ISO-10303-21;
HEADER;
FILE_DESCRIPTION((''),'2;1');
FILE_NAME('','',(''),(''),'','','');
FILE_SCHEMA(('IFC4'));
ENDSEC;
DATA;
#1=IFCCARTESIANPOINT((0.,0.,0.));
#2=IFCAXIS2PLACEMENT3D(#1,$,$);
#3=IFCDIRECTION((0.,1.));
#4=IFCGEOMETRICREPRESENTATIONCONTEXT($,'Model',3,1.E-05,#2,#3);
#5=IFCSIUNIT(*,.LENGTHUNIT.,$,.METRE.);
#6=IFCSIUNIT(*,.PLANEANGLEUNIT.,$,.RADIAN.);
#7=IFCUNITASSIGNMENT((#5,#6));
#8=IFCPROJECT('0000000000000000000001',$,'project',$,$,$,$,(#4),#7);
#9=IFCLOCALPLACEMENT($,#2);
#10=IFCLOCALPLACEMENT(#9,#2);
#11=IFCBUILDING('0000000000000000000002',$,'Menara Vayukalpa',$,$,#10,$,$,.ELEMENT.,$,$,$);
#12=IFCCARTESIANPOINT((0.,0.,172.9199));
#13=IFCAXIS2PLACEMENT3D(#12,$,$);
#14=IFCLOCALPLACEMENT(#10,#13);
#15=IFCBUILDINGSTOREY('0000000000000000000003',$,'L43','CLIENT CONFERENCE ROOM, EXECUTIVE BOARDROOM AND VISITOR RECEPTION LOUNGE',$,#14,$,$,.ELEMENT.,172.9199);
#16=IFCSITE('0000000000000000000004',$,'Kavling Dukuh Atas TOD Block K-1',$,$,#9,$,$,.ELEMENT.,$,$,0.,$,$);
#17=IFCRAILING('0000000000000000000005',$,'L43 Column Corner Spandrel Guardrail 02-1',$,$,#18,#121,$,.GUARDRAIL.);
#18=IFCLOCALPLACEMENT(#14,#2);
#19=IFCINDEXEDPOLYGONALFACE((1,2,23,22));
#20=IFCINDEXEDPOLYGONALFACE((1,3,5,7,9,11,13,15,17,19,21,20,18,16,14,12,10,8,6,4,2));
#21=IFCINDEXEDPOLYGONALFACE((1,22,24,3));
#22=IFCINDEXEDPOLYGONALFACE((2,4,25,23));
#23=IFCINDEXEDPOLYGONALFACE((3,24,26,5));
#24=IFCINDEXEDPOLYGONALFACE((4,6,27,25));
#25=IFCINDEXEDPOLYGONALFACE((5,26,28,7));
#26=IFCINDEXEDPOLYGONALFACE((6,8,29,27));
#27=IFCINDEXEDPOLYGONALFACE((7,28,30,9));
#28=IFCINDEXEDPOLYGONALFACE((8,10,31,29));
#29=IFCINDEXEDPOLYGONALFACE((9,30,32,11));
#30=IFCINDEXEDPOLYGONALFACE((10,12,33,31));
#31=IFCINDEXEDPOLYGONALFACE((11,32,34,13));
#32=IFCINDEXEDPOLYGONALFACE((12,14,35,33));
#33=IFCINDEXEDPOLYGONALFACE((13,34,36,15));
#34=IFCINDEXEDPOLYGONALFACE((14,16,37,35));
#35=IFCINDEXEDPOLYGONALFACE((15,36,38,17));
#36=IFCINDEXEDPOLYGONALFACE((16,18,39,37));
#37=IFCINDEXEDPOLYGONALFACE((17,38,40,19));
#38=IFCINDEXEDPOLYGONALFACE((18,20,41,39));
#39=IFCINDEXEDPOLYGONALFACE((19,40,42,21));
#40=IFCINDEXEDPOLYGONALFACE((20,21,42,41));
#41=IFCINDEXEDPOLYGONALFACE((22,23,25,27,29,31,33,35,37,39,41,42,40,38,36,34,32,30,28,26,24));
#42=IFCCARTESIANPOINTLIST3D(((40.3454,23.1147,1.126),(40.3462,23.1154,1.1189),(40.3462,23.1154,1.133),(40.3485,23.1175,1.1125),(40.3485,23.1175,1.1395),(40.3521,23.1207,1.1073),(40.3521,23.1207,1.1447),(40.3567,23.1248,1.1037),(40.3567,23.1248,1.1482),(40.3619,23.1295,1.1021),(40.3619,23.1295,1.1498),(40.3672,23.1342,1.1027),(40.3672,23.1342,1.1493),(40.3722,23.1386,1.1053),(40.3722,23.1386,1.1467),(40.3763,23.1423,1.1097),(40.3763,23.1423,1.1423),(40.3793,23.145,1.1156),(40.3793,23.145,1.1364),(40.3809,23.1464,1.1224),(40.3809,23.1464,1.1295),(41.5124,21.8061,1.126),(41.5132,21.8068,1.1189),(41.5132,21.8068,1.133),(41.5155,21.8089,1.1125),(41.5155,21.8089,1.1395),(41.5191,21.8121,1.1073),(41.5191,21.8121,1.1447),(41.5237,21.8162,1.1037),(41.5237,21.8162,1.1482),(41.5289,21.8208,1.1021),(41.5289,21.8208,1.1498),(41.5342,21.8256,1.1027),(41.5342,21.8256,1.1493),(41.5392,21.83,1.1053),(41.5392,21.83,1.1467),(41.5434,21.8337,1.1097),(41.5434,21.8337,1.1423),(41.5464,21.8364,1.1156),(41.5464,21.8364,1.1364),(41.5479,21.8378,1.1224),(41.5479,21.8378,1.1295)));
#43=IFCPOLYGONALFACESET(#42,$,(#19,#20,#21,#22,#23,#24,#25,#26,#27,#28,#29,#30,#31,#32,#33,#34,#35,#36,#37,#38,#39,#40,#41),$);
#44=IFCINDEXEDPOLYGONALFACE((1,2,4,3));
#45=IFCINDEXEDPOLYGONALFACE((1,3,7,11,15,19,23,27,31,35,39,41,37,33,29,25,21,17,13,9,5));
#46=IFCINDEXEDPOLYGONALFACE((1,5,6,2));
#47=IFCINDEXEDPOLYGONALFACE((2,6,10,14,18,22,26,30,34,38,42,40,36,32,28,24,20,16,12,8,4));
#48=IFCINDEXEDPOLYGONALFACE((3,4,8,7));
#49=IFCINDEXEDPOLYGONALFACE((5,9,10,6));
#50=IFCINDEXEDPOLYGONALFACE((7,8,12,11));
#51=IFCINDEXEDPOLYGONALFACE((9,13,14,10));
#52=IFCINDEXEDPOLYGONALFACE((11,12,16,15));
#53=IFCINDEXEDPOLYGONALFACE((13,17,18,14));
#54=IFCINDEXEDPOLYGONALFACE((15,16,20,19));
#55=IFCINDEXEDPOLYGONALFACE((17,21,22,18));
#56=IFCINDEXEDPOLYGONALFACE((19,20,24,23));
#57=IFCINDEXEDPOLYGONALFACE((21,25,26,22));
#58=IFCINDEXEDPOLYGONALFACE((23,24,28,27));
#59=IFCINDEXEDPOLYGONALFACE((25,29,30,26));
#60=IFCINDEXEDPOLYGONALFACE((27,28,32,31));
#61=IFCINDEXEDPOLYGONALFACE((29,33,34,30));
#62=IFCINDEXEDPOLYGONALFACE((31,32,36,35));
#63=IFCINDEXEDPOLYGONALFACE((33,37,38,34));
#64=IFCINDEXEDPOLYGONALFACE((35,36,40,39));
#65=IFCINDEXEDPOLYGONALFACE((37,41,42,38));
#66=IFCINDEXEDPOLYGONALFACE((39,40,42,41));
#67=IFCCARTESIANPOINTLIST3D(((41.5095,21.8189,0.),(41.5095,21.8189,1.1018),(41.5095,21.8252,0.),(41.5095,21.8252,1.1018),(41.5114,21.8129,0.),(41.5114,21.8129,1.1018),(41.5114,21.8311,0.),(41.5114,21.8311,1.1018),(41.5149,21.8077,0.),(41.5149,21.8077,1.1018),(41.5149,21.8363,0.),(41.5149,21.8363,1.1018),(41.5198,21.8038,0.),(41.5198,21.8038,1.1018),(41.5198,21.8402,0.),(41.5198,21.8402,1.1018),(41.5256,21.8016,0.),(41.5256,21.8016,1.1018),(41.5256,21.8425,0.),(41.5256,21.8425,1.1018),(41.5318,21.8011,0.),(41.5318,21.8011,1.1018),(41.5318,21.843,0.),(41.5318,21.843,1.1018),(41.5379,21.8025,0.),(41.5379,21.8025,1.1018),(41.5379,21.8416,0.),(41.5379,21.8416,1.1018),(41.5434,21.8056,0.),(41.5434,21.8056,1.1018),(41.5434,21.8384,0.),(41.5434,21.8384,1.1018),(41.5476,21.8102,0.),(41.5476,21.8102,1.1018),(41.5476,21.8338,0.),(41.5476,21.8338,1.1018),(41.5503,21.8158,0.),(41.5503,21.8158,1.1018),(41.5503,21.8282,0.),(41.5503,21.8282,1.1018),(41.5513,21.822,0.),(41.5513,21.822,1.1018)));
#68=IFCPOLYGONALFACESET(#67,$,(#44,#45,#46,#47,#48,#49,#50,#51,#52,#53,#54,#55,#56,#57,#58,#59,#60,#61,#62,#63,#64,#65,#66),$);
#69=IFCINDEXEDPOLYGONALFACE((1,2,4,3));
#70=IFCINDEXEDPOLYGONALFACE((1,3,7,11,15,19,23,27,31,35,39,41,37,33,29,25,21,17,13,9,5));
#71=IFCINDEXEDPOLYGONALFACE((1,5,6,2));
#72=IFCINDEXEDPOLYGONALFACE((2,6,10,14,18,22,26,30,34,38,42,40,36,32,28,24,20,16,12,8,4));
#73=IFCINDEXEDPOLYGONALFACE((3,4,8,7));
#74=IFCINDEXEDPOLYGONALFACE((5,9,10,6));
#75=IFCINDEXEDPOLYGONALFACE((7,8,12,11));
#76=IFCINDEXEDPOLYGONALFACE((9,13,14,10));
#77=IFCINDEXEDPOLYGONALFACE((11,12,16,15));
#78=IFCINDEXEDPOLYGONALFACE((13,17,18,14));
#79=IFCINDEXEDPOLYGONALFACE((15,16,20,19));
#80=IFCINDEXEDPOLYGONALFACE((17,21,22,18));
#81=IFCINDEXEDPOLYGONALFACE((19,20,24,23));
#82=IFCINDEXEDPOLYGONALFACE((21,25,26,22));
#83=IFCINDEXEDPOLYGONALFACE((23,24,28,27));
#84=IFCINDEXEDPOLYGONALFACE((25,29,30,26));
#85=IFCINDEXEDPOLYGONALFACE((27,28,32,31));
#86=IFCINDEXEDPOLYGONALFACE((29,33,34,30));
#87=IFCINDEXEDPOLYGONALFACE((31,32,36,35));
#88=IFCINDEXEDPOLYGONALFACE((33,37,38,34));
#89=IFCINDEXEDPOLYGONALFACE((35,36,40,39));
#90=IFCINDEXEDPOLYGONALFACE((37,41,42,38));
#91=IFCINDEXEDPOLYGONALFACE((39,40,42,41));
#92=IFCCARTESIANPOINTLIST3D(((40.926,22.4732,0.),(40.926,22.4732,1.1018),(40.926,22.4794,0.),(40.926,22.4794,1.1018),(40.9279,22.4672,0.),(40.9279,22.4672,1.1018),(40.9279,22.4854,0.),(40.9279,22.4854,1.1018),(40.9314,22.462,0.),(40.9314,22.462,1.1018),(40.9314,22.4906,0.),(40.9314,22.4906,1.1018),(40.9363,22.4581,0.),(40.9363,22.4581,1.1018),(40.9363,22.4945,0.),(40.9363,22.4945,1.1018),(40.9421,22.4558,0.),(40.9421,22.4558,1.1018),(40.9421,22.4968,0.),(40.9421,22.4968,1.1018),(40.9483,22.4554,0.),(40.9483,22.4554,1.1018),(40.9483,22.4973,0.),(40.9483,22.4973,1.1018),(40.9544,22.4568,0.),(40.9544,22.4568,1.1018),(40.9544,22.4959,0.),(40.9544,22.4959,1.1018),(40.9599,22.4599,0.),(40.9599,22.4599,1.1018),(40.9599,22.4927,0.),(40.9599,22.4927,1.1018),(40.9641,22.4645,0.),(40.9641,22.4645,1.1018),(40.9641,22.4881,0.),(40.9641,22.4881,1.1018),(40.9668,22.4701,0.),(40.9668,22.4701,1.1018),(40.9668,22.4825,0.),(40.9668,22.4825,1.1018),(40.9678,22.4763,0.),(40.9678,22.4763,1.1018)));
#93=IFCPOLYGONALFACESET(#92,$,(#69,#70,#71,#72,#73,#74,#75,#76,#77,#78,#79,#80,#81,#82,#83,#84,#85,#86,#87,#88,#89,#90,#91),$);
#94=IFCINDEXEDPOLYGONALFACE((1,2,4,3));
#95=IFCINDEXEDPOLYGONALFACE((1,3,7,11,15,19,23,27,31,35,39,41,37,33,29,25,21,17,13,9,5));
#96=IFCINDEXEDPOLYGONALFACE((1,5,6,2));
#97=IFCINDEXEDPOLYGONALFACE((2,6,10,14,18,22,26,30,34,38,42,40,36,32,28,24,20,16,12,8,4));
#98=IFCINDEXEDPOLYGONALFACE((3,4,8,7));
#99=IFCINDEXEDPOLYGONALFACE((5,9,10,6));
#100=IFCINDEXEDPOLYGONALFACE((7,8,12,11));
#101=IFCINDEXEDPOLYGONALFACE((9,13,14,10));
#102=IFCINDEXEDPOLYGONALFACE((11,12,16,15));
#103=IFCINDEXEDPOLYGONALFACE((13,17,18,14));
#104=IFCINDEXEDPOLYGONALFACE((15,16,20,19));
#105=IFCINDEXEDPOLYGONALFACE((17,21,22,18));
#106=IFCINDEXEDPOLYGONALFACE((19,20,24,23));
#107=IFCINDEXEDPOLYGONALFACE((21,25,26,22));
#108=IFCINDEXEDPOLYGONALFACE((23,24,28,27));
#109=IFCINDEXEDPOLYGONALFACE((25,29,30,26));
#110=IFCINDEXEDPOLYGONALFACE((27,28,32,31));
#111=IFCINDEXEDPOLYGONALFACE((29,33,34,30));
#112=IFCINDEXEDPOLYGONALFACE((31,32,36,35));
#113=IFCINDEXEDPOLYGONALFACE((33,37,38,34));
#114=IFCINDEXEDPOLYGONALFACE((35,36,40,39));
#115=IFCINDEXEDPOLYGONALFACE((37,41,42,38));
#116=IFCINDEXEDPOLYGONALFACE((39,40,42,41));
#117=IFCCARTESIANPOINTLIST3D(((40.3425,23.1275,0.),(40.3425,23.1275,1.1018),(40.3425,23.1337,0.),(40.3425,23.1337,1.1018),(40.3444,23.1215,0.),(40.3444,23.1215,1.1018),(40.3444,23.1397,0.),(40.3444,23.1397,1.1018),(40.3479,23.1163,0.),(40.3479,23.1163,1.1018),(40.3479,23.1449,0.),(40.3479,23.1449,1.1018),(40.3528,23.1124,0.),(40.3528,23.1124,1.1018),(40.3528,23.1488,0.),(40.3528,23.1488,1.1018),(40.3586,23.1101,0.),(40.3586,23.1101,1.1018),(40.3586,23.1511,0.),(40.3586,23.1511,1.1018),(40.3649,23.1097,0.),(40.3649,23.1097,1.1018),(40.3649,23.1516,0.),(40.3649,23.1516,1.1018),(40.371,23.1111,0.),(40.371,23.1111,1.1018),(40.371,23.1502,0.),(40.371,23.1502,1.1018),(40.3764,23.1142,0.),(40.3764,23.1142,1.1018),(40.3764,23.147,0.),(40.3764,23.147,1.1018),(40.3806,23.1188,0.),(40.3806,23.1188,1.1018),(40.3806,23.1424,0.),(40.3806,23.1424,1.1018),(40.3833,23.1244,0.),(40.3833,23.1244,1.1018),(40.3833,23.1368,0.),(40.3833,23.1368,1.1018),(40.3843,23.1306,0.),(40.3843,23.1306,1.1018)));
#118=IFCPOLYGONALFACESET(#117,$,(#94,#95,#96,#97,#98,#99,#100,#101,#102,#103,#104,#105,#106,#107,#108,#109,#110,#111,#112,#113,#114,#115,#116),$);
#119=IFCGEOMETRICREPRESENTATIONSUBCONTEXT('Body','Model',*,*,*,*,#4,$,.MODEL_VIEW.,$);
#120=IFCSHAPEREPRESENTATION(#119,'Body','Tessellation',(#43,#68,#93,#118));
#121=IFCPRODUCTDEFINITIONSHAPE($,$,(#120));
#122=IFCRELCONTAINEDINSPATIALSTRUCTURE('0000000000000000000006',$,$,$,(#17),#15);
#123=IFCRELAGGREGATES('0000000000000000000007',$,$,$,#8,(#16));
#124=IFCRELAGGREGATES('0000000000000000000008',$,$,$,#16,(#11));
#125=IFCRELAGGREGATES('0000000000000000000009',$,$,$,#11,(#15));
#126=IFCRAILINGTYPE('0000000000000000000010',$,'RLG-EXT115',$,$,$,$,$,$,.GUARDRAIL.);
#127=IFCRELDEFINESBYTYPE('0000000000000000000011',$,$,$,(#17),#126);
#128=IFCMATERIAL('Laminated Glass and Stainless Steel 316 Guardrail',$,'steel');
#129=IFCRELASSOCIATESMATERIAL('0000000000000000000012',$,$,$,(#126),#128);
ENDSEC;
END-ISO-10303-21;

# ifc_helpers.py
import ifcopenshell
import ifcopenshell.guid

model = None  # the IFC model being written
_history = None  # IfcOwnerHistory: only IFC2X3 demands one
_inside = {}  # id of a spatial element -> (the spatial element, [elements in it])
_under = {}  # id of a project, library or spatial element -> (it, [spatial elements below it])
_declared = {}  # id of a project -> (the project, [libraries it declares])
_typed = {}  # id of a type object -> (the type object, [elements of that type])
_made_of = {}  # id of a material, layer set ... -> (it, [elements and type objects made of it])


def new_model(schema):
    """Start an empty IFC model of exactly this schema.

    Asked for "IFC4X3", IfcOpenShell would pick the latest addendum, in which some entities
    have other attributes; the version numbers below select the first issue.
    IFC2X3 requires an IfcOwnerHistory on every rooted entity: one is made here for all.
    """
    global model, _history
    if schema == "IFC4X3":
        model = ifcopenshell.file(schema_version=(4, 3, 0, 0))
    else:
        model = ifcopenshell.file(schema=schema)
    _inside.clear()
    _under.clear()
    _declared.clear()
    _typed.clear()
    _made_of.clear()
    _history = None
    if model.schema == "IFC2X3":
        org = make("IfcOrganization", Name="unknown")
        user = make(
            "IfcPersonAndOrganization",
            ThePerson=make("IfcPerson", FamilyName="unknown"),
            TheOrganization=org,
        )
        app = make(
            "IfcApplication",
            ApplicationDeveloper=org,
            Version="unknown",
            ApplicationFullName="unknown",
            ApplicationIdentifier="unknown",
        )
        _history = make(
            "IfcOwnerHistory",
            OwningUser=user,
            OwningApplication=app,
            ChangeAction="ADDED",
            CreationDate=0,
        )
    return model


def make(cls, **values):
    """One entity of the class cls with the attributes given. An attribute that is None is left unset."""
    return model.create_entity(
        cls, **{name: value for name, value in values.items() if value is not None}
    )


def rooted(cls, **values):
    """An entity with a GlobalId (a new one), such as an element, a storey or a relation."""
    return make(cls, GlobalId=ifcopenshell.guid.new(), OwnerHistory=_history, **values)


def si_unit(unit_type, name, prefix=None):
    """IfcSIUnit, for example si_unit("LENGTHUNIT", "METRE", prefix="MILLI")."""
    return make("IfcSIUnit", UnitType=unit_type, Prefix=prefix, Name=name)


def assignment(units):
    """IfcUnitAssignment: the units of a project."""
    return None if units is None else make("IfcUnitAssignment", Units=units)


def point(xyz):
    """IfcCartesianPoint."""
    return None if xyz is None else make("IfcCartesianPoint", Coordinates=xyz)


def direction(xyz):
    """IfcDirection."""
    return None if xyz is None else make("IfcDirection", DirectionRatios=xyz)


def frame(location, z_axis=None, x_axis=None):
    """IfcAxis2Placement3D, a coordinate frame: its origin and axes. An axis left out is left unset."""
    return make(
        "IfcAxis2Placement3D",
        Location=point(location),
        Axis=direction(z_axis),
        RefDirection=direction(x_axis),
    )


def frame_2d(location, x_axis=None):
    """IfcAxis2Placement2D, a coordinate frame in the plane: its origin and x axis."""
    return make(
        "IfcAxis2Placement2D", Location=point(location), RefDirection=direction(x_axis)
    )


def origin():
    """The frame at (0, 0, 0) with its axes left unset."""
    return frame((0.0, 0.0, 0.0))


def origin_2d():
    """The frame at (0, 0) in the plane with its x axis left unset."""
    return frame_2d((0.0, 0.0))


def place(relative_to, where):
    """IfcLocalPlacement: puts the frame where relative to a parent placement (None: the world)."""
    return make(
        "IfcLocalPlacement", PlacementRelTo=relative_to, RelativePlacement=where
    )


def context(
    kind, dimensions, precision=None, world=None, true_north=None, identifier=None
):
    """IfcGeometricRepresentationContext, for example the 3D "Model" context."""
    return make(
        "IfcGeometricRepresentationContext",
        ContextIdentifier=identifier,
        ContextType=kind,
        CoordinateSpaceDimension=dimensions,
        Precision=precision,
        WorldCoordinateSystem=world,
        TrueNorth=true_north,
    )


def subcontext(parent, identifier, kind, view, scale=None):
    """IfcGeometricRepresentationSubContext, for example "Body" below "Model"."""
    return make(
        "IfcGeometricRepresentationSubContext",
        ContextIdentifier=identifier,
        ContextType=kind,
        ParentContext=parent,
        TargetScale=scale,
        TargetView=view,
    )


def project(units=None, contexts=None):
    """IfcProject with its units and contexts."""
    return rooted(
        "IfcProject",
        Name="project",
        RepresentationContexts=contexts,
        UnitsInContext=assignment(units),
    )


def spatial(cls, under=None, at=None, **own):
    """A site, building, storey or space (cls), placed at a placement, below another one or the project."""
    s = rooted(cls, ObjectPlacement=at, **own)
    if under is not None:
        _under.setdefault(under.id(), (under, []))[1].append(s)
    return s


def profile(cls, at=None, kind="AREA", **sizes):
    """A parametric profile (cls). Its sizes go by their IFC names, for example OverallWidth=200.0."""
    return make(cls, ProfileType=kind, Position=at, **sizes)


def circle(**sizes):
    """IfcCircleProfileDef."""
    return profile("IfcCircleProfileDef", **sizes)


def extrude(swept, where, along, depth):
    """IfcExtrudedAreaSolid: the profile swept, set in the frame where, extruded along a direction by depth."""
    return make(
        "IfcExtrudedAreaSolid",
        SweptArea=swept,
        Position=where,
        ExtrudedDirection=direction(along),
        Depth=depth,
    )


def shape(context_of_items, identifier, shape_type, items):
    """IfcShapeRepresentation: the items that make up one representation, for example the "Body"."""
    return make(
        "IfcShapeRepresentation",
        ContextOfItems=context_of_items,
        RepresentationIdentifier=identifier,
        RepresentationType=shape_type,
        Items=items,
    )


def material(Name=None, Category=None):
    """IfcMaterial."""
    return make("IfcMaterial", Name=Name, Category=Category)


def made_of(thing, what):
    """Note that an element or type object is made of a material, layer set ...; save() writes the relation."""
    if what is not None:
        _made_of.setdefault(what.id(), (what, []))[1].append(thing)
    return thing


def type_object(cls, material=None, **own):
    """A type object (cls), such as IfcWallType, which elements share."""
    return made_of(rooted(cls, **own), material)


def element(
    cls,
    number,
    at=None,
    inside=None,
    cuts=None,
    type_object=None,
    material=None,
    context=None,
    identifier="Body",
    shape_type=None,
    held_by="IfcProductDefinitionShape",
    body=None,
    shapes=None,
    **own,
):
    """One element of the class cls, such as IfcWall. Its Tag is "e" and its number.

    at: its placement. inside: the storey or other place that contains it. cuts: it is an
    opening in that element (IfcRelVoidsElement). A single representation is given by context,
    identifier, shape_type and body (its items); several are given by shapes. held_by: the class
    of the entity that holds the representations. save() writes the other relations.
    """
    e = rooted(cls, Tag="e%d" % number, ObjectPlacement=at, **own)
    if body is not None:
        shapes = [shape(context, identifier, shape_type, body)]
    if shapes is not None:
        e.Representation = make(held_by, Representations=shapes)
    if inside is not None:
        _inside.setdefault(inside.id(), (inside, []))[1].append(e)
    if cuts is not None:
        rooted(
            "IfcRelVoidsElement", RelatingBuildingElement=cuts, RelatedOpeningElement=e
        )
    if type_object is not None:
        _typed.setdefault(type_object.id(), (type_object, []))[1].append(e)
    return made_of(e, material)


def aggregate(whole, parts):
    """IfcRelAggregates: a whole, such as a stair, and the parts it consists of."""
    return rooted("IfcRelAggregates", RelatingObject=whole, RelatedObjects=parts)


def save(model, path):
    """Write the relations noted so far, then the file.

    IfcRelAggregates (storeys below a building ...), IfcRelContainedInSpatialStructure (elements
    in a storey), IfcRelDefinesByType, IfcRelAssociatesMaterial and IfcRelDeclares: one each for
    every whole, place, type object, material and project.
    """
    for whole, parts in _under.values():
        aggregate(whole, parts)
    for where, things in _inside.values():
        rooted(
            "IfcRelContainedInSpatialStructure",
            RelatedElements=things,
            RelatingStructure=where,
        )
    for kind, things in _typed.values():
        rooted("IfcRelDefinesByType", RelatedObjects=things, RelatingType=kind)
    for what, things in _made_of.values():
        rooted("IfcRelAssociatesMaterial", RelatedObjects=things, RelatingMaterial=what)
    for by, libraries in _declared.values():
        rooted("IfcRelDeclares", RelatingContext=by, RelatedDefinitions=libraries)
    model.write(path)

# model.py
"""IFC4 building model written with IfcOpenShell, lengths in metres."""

from ifc_helpers import new_model, si_unit, direction, frame, origin, origin_2d, place, context, subcontext, project, spatial, circle, extrude, material, type_object, element, save


model = new_model("IFC4")

# Units and contexts
model_context = context("Model", 3, precision=1e-05, world=origin(), true_north=direction((0.0, 1.0)))
body_context = subcontext(model_context, "Body", "Model", "MODEL_VIEW")
ifc_project = project(units=[si_unit("LENGTHUNIT", "METRE"), si_unit("PLANEANGLEUNIT", "RADIAN")], contexts=[model_context])

# Site, building, storey
site_placement = place(None, origin())
site = spatial("IfcSite", under=ifc_project, at=site_placement, Name="Kavling Dukuh Atas TOD Block K-1", CompositionType="ELEMENT", RefElevation=0.0)
building_placement = place(site_placement, origin())
building = spatial("IfcBuilding", under=site, at=building_placement, Name="Menara Vayukalpa", CompositionType="ELEMENT")
storey_placement = place(building_placement, frame((0.0, 0.0, 172.9199)))
storey = spatial("IfcBuildingStorey", under=building, at=storey_placement, Name="L43", Description="CLIENT CONFERENCE ROOM, EXECUTIVE BOARDROOM AND VISITOR RECEPTION LOUNGE", CompositionType="ELEMENT", Elevation=172.9199)

# Railing
ifc_material_1 = material(Name="Laminated Glass and Stainless Steel 316 Guardrail", Category="steel")
railing_type_1 = type_object("IfcRailingType", Name="RLG-EXT115", PredefinedType="GUARDRAIL", material=ifc_material_1)
railing_1_placement = place(storey_placement, frame((41.5303, 21.822, 0.0)))
element("IfcRailing", 1, at=railing_1_placement, inside=storey, type_object=railing_type_1, Name="L43 Column Corner Spandrel Guardrail 02-1", PredefinedType="GUARDRAIL", context=body_context, shape_type="SweptSolid", body=[
    extrude(circle(Radius=0.0239, at=origin_2d()), frame((0.0, 0.0, 1.126), z_axis=(-0.665573, 0.746333, 0.0), x_axis=(-0.746333, -0.665573, 0.0)), (0.0, 0.0, 1.0), 1.7534),
    extrude(circle(Radius=0.021, at=origin_2d()), origin(), (0.0, 0.0, 1.0), 1.1018),
    extrude(circle(Radius=0.021, at=origin_2d()), frame((-0.5835, 0.6543, 0.0)), (0.0, 0.0, 1.0), 1.1018),
    extrude(circle(Radius=0.021, at=origin_2d()), frame((-1.167, 1.3086, 0.0)), (0.0, 0.0, 1.0), 1.1018),
])

save(model, "model.ifc")
